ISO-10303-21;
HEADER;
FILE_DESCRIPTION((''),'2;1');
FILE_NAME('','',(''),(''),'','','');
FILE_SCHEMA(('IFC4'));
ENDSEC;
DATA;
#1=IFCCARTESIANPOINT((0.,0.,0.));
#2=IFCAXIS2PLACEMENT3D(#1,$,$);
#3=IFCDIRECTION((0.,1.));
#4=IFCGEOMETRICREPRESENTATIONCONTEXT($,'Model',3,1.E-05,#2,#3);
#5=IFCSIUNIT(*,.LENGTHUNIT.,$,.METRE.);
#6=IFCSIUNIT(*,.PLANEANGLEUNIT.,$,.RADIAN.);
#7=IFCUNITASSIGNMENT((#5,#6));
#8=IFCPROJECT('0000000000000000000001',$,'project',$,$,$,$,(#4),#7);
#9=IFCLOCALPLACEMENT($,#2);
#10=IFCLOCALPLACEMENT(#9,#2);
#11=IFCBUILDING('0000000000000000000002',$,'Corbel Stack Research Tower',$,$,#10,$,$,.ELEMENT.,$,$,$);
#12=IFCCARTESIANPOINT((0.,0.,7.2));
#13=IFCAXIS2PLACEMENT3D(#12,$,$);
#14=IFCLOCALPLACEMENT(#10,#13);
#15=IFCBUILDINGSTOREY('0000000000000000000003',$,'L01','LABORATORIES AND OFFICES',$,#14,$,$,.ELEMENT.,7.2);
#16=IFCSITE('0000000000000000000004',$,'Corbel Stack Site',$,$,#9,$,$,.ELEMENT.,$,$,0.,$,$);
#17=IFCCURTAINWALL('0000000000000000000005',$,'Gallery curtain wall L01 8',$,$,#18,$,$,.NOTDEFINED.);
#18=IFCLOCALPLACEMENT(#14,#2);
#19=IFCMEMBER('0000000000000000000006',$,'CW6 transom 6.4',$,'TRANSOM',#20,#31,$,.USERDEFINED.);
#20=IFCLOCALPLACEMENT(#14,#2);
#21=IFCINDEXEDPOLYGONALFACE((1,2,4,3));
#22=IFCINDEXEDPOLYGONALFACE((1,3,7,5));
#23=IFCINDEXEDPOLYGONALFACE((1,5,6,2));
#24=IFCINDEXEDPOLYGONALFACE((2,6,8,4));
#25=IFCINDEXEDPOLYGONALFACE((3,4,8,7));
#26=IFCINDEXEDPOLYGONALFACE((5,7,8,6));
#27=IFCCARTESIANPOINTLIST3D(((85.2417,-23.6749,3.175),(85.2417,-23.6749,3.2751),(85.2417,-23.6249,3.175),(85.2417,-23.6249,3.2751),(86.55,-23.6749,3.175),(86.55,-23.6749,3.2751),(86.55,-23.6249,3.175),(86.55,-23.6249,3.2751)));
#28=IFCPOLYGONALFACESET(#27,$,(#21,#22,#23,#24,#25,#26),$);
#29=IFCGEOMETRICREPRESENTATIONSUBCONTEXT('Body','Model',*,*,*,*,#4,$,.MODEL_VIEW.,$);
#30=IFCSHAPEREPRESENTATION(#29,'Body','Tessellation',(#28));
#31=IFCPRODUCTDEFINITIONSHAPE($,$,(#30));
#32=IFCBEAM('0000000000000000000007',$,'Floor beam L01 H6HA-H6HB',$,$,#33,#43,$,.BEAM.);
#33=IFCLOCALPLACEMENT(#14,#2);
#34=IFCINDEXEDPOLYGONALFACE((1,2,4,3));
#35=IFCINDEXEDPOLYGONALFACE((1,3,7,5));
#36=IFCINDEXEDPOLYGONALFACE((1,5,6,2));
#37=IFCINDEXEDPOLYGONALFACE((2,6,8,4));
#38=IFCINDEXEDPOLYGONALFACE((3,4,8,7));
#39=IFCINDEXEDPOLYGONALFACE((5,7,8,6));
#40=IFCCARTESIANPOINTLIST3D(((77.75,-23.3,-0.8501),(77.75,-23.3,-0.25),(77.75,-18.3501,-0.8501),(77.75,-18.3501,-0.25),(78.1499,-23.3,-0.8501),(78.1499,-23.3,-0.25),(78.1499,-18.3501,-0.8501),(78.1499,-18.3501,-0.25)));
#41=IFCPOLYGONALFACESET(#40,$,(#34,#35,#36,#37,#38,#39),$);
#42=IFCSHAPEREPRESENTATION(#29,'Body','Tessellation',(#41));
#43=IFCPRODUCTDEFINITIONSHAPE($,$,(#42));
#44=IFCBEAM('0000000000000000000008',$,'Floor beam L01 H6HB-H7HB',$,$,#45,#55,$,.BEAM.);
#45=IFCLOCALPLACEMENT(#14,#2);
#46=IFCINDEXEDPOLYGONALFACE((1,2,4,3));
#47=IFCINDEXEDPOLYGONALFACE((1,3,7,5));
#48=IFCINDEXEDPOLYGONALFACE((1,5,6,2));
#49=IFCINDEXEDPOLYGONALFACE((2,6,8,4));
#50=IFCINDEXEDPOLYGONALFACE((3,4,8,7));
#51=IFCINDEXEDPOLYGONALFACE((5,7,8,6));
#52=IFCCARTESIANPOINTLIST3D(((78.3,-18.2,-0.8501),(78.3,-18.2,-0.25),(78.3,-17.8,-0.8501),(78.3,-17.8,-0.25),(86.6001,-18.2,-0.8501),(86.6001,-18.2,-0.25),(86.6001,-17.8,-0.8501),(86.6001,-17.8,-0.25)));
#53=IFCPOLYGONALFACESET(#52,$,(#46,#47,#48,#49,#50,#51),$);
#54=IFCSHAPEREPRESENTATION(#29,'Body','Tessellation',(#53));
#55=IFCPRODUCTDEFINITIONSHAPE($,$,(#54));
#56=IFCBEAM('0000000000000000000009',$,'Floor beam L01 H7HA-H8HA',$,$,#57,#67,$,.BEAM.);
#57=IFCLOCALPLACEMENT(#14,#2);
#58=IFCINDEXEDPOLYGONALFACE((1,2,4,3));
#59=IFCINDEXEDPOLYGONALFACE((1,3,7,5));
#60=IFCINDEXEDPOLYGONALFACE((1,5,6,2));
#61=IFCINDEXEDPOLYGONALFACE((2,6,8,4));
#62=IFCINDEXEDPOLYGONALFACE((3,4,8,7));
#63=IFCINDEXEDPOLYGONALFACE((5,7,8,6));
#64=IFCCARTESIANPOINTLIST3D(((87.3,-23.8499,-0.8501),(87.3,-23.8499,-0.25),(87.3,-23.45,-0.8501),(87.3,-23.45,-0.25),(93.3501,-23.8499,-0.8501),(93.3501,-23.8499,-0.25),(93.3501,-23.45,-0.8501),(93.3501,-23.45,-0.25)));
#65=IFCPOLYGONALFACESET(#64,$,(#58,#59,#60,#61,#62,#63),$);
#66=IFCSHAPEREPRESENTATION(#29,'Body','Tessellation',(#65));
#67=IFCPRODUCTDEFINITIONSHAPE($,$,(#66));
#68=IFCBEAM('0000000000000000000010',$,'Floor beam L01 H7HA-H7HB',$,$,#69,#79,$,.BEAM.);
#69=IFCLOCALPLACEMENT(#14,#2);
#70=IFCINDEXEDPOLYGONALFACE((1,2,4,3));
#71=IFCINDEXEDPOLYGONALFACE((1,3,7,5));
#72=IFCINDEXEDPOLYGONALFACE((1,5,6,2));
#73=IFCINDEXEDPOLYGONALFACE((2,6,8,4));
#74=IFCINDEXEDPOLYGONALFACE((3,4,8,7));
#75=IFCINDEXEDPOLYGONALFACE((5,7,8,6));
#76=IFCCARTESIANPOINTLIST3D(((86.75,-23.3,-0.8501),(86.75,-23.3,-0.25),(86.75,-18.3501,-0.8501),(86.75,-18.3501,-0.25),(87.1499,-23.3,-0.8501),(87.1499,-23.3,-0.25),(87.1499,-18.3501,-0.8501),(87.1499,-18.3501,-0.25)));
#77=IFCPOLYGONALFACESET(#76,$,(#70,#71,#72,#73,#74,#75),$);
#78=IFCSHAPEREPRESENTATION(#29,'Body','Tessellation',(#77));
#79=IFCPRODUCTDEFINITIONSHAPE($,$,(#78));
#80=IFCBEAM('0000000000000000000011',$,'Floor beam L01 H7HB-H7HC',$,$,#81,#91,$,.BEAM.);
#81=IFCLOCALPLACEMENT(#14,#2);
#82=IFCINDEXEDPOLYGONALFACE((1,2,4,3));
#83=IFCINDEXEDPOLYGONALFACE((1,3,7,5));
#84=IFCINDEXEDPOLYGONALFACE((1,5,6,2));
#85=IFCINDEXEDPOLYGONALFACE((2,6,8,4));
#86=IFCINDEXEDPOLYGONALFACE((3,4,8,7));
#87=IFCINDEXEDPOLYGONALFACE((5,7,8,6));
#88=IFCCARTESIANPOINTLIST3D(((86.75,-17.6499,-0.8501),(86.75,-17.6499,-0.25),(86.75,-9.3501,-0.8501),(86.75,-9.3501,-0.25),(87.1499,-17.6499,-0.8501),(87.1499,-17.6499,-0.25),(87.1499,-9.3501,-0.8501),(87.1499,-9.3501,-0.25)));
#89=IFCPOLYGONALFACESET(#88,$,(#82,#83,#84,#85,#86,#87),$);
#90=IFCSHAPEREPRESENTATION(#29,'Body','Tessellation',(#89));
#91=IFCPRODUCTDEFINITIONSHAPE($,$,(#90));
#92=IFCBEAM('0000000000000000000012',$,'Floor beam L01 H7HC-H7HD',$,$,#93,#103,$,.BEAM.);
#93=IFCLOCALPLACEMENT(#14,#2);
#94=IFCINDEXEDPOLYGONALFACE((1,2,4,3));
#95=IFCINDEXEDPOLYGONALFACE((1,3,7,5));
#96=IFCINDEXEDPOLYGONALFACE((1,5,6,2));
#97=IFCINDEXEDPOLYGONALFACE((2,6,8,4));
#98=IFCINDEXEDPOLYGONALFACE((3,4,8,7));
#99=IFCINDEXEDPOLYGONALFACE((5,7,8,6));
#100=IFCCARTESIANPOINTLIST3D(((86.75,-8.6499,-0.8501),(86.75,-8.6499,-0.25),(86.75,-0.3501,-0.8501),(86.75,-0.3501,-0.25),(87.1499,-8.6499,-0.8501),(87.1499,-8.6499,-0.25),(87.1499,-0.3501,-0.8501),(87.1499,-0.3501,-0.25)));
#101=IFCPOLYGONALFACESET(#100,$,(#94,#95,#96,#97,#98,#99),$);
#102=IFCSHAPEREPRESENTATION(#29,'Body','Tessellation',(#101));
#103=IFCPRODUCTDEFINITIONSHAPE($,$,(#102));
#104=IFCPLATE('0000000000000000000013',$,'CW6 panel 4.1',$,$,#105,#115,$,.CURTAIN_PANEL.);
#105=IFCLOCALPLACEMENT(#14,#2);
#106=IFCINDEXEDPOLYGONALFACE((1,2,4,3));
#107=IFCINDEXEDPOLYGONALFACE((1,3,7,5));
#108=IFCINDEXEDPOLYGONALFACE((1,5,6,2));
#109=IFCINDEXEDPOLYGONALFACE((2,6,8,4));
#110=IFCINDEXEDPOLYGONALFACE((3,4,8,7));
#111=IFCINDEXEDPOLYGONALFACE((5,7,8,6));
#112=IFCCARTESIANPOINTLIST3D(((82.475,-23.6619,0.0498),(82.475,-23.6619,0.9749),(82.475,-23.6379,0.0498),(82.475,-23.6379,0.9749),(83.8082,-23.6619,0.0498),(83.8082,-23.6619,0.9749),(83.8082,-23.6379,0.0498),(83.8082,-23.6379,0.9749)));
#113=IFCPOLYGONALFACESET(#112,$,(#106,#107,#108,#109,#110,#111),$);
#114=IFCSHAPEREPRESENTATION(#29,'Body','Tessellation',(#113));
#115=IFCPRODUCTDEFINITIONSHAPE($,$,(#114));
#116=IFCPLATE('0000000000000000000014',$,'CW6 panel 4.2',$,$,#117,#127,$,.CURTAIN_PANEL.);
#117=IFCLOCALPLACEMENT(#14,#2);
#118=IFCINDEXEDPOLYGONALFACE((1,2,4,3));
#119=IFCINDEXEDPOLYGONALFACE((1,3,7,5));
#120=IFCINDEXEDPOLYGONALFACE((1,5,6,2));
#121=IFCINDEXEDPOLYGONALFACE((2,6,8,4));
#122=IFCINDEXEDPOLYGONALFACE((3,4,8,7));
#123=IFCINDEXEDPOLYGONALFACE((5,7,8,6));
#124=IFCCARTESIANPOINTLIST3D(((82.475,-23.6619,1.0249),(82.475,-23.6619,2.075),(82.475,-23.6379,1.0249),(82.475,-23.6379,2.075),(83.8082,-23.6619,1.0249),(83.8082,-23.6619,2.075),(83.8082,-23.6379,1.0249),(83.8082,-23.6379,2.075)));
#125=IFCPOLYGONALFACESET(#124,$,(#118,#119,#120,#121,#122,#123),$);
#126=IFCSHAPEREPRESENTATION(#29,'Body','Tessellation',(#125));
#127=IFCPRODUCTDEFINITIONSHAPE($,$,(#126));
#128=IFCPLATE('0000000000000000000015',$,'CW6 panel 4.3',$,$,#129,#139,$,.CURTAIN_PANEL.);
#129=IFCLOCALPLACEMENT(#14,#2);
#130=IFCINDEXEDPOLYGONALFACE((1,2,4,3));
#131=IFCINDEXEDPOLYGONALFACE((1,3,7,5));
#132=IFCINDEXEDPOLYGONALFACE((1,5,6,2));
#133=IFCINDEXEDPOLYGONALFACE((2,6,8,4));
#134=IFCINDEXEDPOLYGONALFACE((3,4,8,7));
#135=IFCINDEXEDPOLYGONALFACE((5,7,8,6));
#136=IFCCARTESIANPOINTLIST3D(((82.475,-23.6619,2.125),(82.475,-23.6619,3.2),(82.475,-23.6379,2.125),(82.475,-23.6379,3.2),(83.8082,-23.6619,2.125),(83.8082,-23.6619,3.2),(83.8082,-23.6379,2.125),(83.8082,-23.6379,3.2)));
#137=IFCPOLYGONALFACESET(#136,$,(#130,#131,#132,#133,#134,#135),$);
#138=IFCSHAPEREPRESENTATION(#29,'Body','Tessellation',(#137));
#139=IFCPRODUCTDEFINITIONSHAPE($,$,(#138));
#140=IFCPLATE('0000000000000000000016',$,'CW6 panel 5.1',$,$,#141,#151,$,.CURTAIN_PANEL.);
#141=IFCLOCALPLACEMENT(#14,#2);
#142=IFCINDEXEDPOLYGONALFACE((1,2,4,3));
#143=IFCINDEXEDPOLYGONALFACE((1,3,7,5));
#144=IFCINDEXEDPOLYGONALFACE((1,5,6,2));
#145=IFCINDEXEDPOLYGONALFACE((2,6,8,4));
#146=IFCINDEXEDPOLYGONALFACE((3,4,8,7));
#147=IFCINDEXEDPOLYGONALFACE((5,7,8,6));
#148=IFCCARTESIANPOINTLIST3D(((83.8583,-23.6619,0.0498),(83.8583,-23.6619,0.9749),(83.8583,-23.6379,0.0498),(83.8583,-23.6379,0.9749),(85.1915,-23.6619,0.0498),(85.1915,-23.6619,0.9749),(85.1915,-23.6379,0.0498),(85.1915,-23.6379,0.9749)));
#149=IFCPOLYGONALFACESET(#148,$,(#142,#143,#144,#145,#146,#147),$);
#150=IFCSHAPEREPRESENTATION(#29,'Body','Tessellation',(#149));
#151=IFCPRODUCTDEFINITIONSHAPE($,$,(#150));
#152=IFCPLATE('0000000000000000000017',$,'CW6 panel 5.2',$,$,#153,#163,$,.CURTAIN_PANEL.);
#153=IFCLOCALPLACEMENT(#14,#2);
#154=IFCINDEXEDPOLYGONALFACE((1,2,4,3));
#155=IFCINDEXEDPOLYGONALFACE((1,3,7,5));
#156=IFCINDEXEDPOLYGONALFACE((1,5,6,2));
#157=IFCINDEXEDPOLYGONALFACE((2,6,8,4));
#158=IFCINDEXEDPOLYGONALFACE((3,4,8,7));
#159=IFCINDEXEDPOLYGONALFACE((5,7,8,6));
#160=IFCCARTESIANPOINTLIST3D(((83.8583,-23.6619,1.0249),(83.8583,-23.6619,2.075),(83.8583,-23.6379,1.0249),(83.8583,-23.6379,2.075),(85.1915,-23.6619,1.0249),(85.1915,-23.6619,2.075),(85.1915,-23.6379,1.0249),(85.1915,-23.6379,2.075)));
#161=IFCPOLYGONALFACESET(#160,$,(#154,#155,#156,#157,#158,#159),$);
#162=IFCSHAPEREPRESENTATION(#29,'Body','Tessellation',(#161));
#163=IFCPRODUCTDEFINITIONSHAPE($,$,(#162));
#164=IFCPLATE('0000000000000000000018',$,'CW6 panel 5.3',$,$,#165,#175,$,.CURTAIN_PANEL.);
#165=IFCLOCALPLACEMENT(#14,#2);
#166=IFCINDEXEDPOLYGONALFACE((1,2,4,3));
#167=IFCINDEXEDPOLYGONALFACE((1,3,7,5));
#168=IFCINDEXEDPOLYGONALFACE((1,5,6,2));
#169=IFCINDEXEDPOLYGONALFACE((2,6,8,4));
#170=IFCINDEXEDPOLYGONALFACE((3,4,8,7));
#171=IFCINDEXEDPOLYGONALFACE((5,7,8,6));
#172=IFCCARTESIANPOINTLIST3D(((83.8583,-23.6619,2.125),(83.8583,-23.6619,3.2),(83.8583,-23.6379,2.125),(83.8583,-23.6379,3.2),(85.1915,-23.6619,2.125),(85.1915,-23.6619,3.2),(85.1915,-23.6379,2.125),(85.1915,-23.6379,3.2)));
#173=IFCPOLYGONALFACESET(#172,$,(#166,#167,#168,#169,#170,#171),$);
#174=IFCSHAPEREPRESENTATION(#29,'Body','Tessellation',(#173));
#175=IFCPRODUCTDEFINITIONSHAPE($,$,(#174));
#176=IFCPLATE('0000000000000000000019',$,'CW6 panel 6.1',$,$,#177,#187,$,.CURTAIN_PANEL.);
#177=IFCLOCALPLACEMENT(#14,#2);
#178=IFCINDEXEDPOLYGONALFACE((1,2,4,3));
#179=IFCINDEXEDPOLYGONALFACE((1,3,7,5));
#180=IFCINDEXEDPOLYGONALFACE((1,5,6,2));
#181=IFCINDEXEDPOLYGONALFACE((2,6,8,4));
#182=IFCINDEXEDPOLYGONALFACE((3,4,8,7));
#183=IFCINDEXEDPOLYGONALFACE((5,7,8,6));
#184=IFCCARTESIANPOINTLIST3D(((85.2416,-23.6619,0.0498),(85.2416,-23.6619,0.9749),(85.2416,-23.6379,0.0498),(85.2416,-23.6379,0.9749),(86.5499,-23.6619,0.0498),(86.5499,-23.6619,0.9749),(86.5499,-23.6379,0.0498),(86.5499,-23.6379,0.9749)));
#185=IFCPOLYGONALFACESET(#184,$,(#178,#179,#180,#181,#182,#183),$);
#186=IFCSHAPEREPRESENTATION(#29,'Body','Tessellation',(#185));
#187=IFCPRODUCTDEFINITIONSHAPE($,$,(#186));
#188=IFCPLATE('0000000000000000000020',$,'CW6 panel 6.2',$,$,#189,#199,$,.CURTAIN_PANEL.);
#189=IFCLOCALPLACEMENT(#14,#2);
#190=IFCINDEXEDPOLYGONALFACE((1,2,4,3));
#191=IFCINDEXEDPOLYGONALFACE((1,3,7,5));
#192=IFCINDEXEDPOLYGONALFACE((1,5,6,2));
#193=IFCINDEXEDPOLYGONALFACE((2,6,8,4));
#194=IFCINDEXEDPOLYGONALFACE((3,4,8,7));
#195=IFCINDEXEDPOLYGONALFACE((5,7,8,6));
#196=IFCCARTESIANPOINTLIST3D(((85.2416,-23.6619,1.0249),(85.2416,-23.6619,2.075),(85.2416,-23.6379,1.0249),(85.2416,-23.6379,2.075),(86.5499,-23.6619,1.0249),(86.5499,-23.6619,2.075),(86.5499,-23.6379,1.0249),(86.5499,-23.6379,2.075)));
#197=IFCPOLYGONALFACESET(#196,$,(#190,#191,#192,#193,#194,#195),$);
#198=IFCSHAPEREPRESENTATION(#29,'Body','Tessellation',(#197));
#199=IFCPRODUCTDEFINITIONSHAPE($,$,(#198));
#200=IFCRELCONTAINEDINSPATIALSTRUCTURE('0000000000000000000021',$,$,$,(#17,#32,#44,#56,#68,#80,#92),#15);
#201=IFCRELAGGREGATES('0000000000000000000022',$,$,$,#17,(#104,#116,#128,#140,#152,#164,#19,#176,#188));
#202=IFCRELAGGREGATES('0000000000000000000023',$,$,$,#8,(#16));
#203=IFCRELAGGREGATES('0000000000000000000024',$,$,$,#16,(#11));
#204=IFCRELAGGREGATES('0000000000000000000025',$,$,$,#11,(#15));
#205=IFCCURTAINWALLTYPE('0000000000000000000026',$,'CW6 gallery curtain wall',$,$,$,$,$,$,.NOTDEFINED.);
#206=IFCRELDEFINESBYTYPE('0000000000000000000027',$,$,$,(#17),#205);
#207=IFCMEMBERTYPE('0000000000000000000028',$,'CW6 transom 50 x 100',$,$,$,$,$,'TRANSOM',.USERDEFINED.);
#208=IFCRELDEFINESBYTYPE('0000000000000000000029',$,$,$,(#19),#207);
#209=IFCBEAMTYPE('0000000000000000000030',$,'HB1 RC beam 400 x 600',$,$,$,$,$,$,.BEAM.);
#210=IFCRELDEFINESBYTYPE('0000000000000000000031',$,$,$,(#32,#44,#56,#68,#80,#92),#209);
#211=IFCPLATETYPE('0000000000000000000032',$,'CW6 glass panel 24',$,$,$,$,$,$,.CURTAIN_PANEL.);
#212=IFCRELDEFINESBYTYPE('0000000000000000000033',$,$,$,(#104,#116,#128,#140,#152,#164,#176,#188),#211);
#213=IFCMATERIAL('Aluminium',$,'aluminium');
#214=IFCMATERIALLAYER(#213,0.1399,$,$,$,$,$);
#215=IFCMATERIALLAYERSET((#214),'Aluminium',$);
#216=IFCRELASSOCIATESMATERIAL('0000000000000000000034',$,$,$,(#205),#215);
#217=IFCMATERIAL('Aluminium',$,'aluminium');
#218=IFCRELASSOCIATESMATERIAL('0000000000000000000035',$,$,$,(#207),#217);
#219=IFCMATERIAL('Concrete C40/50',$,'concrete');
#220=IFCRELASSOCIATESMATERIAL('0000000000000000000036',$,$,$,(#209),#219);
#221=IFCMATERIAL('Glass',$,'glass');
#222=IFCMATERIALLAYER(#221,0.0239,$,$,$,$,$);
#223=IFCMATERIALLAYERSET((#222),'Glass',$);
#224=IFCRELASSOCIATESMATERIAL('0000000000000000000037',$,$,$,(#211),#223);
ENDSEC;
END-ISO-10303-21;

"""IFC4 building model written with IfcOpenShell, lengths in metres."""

from ifc_helpers import new_model, si_unit, direction, frame, origin, origin_2d, place, context, subcontext, project, spatial, rectangle, extrude, material, layer, layer_set, material_profile, profile_set, type_object, element, aggregate, save


model = new_model("IFC4")

# Units and contexts
model_context = context("Model", 3, precision=1e-05, world=origin(), true_north=direction((0.0, 1.0)))
body_context = subcontext(model_context, "Body", "Model", "MODEL_VIEW")
ifc_project = project(units=[si_unit("LENGTHUNIT", "METRE"), si_unit("PLANEANGLEUNIT", "RADIAN")], contexts=[model_context])

# Site, building, storey
site_placement = place(None, origin())
site = spatial("IfcSite", under=ifc_project, at=site_placement, Name="Corbel Stack Site", CompositionType="ELEMENT", RefElevation=0.0)
building_placement = place(site_placement, origin())
building = spatial("IfcBuilding", under=site, at=building_placement, Name="Corbel Stack Research Tower", CompositionType="ELEMENT")
storey_placement = place(building_placement, frame((0.0, 0.0, 7.2)))
storey = spatial("IfcBuildingStorey", under=building, at=storey_placement, Name="L01", Description="LABORATORIES AND OFFICES", CompositionType="ELEMENT", Elevation=7.2)

# Curtain wall, member
ifc_material_1 = material(Name="Aluminium", Category="aluminium")
ifc_layer_1 = layer(ifc_material_1, 0.1399)
ifc_layer_set_1 = layer_set([ifc_layer_1], Name="Aluminium")
curtain_wall_type = type_object("IfcCurtainWallType", Name="CW6 gallery curtain wall", PredefinedType="NOTDEFINED", material=ifc_layer_set_1)
curtain_wall_placement = place(storey_placement, origin())
curtain_wall = element("IfcCurtainWall", 1, at=curtain_wall_placement, inside=storey, type_object=curtain_wall_type, Name="Gallery curtain wall L01 8", PredefinedType="NOTDEFINED")
ifc_material_2 = material(Name="Aluminium", Category="aluminium")
ifc_material_profile_1 = material_profile(ifc_material_2, rectangle(XDim=0.05, YDim=0.1001, at=origin_2d()), Name="Transom 50 x 100")
ifc_profile_set_1 = profile_set([ifc_material_profile_1], Name="Aluminium")
member_type_1 = type_object("IfcMemberType", Name="CW6 transom 50 x 100", ElementType="TRANSOM", PredefinedType="USERDEFINED", material=ifc_profile_set_1)
member_1_placement = place(storey_placement, frame((85.2417, -23.6499, 3.2251), z_axis=(1.0, 0.0, 0.0), x_axis=(0.0, 1.0, 0.0)))
member_1 = element("IfcMember", 2, at=member_1_placement, type_object=member_type_1, Name="CW6 transom 6.4", ObjectType="TRANSOM", PredefinedType="USERDEFINED", context=body_context, shape_type="SweptSolid", body=[
    extrude(rectangle(XDim=0.05, YDim=0.1001, at=origin_2d()), origin(), (0.0, 0.0, 1.0), 1.3083),
])

# Beams
ifc_material_3 = material(Name="Concrete C40/50", Category="concrete")
ifc_material_profile_2 = material_profile(ifc_material_3, rectangle(XDim=0.3999, YDim=0.6001, at=origin_2d()), Name="RC 400 x 600")
ifc_profile_set_2 = profile_set([ifc_material_profile_2], Name="Concrete C40/50")
beam_type = type_object("IfcBeamType", Name="HB1 RC beam 400 x 600", PredefinedType="BEAM", material=ifc_profile_set_2)
beam_1_placement = place(storey_placement, frame((77.95, -23.3, -0.55), z_axis=(0.0, 1.0, 0.0), x_axis=(-1.0, 0.0, 0.0)))
element("IfcBeam", 3, at=beam_1_placement, inside=storey, type_object=beam_type, Name="Floor beam L01 H6HA-H6HB", PredefinedType="BEAM", context=body_context, shape_type="SweptSolid", body=[
    extrude(rectangle(XDim=0.3999, YDim=0.6001, at=origin_2d()), origin(), (0.0, 0.0, 1.0), 4.95),
])
beam_2_placement = place(storey_placement, frame((78.3, -18.0, -0.55), z_axis=(1.0, 0.0, 0.0), x_axis=(0.0, 1.0, 0.0)))
element("IfcBeam", 4, at=beam_2_placement, inside=storey, type_object=beam_type, Name="Floor beam L01 H6HB-H7HB", PredefinedType="BEAM", context=body_context, shape_type="SweptSolid", body=[
    extrude(rectangle(XDim=0.3999, YDim=0.6001, at=origin_2d()), origin(), (0.0, 0.0, 1.0), 8.3),
])
beam_3_placement = place(storey_placement, frame((87.3, -23.6499, -0.55), z_axis=(1.0, 0.0, 0.0), x_axis=(0.0, 1.0, 0.0)))
element("IfcBeam", 5, at=beam_3_placement, inside=storey, type_object=beam_type, Name="Floor beam L01 H7HA-H8HA", PredefinedType="BEAM", context=body_context, shape_type="SweptSolid", body=[
    extrude(rectangle(XDim=0.3999, YDim=0.6001, at=origin_2d()), origin(), (0.0, 0.0, 1.0), 6.05),
])
beam_4_placement = place(storey_placement, frame((86.95, -23.3, -0.55), z_axis=(0.0, 1.0, 0.0), x_axis=(-1.0, 0.0, 0.0)))
element("IfcBeam", 6, at=beam_4_placement, inside=storey, type_object=beam_type, Name="Floor beam L01 H7HA-H7HB", PredefinedType="BEAM", context=body_context, shape_type="SweptSolid", body=[
    extrude(rectangle(XDim=0.3999, YDim=0.6001, at=origin_2d()), origin(), (0.0, 0.0, 1.0), 4.95),
])
for number, where, z_axis, x_axis, name in (
    (7, (86.95, -17.6499, -0.55), (0.0, 1.0, 0.0), (-1.0, 0.0, 0.0), "Floor beam L01 H7HB-H7HC"),
    (8, (86.95, -8.6499, -0.55), (0.0, 1.0, 0.0), (-1.0, 0.0, 0.0), "Floor beam L01 H7HC-H7HD"),
):
    element("IfcBeam", number, at=place(storey_placement, frame(where, z_axis=z_axis, x_axis=x_axis)), inside=storey, type_object=beam_type, Name=name, PredefinedType="BEAM", context=body_context, shape_type="SweptSolid", body=[
        extrude(rectangle(XDim=0.3999, YDim=0.6001, at=origin_2d()), origin(), (0.0, 0.0, 1.0), 8.2998),
    ])

# Plates
ifc_material_4 = material(Name="Glass", Category="glass")
ifc_layer_2 = layer(ifc_material_4, 0.0239)
ifc_layer_set_2 = layer_set([ifc_layer_2], Name="Glass")
plate_type = type_object("IfcPlateType", Name="CW6 glass panel 24", PredefinedType="CURTAIN_PANEL", material=ifc_layer_set_2)
plate_1_placement = place(storey_placement, frame((83.1416, -23.6499, 0.0498), z_axis=(0.0, 0.0, 1.0), x_axis=(1.0, 0.0, 0.0)))
plate_1 = element("IfcPlate", 9, at=plate_1_placement, type_object=plate_type, Name="CW6 panel 4.1", PredefinedType="CURTAIN_PANEL", context=body_context, shape_type="SweptSolid", body=[
    extrude(rectangle(XDim=1.3333, YDim=0.0239, at=origin_2d()), origin(), (0.0, 0.0, 1.0), 0.925),
])
plate_2_placement = place(storey_placement, frame((83.1416, -23.6499, 1.0249), z_axis=(0.0, 0.0, 1.0), x_axis=(1.0, 0.0, 0.0)))
plate_2 = element("IfcPlate", 10, at=plate_2_placement, type_object=plate_type, Name="CW6 panel 4.2", PredefinedType="CURTAIN_PANEL", context=body_context, shape_type="SweptSolid", body=[
    extrude(rectangle(XDim=1.3333, YDim=0.0239, at=origin_2d()), origin(), (0.0, 0.0, 1.0), 1.05),
])
plate_3_placement = place(storey_placement, frame((83.1416, -23.6499, 2.125), z_axis=(0.0, 0.0, 1.0), x_axis=(1.0, 0.0, 0.0)))
plate_3 = element("IfcPlate", 11, at=plate_3_placement, type_object=plate_type, Name="CW6 panel 4.3", PredefinedType="CURTAIN_PANEL", context=body_context, shape_type="SweptSolid", body=[
    extrude(rectangle(XDim=1.3333, YDim=0.0239, at=origin_2d()), origin(), (0.0, 0.0, 1.0), 1.075),
])
plate_4_placement = place(storey_placement, frame((84.5249, -23.6499, 0.0498), z_axis=(0.0, 0.0, 1.0), x_axis=(1.0, 0.0, 0.0)))
plate_4 = element("IfcPlate", 12, at=plate_4_placement, type_object=plate_type, Name="CW6 panel 5.1", PredefinedType="CURTAIN_PANEL", context=body_context, shape_type="SweptSolid", body=[
    extrude(rectangle(XDim=1.3333, YDim=0.0239, at=origin_2d()), origin(), (0.0, 0.0, 1.0), 0.925),
])
plate_5_placement = place(storey_placement, frame((84.5249, -23.6499, 1.0249), z_axis=(0.0, 0.0, 1.0), x_axis=(1.0, 0.0, 0.0)))
plate_5 = element("IfcPlate", 13, at=plate_5_placement, type_object=plate_type, Name="CW6 panel 5.2", PredefinedType="CURTAIN_PANEL", context=body_context, shape_type="SweptSolid", body=[
    extrude(rectangle(XDim=1.3333, YDim=0.0239, at=origin_2d()), origin(), (0.0, 0.0, 1.0), 1.05),
])
plate_6_placement = place(storey_placement, frame((84.5249, -23.6499, 2.125), z_axis=(0.0, 0.0, 1.0), x_axis=(1.0, 0.0, 0.0)))
plate_6 = element("IfcPlate", 14, at=plate_6_placement, type_object=plate_type, Name="CW6 panel 5.3", PredefinedType="CURTAIN_PANEL", context=body_context, shape_type="SweptSolid", body=[
    extrude(rectangle(XDim=1.3333, YDim=0.0239, at=origin_2d()), origin(), (0.0, 0.0, 1.0), 1.075),
])
plate_7_placement = place(storey_placement, frame((85.8958, -23.6499, 0.0498), z_axis=(0.0, 0.0, 1.0), x_axis=(1.0, 0.0, 0.0)))
plate_7 = element("IfcPlate", 15, at=plate_7_placement, type_object=plate_type, Name="CW6 panel 6.1", PredefinedType="CURTAIN_PANEL", context=body_context, shape_type="SweptSolid", body=[
    extrude(rectangle(XDim=1.3083, YDim=0.0239, at=origin_2d()), origin(), (0.0, 0.0, 1.0), 0.925),
])
plate_8_placement = place(storey_placement, frame((85.8958, -23.6499, 1.0249), z_axis=(0.0, 0.0, 1.0), x_axis=(1.0, 0.0, 0.0)))
plate_8 = element("IfcPlate", 16, at=plate_8_placement, type_object=plate_type, Name="CW6 panel 6.2", PredefinedType="CURTAIN_PANEL", context=body_context, shape_type="SweptSolid", body=[
    extrude(rectangle(XDim=1.3083, YDim=0.0239, at=origin_2d()), origin(), (0.0, 0.0, 1.0), 1.05),
])
aggregate(curtain_wall, [plate_1, plate_2, plate_3, plate_4, plate_5, plate_6, member_1, plate_7, plate_8])

save(model, "model.ifc")
